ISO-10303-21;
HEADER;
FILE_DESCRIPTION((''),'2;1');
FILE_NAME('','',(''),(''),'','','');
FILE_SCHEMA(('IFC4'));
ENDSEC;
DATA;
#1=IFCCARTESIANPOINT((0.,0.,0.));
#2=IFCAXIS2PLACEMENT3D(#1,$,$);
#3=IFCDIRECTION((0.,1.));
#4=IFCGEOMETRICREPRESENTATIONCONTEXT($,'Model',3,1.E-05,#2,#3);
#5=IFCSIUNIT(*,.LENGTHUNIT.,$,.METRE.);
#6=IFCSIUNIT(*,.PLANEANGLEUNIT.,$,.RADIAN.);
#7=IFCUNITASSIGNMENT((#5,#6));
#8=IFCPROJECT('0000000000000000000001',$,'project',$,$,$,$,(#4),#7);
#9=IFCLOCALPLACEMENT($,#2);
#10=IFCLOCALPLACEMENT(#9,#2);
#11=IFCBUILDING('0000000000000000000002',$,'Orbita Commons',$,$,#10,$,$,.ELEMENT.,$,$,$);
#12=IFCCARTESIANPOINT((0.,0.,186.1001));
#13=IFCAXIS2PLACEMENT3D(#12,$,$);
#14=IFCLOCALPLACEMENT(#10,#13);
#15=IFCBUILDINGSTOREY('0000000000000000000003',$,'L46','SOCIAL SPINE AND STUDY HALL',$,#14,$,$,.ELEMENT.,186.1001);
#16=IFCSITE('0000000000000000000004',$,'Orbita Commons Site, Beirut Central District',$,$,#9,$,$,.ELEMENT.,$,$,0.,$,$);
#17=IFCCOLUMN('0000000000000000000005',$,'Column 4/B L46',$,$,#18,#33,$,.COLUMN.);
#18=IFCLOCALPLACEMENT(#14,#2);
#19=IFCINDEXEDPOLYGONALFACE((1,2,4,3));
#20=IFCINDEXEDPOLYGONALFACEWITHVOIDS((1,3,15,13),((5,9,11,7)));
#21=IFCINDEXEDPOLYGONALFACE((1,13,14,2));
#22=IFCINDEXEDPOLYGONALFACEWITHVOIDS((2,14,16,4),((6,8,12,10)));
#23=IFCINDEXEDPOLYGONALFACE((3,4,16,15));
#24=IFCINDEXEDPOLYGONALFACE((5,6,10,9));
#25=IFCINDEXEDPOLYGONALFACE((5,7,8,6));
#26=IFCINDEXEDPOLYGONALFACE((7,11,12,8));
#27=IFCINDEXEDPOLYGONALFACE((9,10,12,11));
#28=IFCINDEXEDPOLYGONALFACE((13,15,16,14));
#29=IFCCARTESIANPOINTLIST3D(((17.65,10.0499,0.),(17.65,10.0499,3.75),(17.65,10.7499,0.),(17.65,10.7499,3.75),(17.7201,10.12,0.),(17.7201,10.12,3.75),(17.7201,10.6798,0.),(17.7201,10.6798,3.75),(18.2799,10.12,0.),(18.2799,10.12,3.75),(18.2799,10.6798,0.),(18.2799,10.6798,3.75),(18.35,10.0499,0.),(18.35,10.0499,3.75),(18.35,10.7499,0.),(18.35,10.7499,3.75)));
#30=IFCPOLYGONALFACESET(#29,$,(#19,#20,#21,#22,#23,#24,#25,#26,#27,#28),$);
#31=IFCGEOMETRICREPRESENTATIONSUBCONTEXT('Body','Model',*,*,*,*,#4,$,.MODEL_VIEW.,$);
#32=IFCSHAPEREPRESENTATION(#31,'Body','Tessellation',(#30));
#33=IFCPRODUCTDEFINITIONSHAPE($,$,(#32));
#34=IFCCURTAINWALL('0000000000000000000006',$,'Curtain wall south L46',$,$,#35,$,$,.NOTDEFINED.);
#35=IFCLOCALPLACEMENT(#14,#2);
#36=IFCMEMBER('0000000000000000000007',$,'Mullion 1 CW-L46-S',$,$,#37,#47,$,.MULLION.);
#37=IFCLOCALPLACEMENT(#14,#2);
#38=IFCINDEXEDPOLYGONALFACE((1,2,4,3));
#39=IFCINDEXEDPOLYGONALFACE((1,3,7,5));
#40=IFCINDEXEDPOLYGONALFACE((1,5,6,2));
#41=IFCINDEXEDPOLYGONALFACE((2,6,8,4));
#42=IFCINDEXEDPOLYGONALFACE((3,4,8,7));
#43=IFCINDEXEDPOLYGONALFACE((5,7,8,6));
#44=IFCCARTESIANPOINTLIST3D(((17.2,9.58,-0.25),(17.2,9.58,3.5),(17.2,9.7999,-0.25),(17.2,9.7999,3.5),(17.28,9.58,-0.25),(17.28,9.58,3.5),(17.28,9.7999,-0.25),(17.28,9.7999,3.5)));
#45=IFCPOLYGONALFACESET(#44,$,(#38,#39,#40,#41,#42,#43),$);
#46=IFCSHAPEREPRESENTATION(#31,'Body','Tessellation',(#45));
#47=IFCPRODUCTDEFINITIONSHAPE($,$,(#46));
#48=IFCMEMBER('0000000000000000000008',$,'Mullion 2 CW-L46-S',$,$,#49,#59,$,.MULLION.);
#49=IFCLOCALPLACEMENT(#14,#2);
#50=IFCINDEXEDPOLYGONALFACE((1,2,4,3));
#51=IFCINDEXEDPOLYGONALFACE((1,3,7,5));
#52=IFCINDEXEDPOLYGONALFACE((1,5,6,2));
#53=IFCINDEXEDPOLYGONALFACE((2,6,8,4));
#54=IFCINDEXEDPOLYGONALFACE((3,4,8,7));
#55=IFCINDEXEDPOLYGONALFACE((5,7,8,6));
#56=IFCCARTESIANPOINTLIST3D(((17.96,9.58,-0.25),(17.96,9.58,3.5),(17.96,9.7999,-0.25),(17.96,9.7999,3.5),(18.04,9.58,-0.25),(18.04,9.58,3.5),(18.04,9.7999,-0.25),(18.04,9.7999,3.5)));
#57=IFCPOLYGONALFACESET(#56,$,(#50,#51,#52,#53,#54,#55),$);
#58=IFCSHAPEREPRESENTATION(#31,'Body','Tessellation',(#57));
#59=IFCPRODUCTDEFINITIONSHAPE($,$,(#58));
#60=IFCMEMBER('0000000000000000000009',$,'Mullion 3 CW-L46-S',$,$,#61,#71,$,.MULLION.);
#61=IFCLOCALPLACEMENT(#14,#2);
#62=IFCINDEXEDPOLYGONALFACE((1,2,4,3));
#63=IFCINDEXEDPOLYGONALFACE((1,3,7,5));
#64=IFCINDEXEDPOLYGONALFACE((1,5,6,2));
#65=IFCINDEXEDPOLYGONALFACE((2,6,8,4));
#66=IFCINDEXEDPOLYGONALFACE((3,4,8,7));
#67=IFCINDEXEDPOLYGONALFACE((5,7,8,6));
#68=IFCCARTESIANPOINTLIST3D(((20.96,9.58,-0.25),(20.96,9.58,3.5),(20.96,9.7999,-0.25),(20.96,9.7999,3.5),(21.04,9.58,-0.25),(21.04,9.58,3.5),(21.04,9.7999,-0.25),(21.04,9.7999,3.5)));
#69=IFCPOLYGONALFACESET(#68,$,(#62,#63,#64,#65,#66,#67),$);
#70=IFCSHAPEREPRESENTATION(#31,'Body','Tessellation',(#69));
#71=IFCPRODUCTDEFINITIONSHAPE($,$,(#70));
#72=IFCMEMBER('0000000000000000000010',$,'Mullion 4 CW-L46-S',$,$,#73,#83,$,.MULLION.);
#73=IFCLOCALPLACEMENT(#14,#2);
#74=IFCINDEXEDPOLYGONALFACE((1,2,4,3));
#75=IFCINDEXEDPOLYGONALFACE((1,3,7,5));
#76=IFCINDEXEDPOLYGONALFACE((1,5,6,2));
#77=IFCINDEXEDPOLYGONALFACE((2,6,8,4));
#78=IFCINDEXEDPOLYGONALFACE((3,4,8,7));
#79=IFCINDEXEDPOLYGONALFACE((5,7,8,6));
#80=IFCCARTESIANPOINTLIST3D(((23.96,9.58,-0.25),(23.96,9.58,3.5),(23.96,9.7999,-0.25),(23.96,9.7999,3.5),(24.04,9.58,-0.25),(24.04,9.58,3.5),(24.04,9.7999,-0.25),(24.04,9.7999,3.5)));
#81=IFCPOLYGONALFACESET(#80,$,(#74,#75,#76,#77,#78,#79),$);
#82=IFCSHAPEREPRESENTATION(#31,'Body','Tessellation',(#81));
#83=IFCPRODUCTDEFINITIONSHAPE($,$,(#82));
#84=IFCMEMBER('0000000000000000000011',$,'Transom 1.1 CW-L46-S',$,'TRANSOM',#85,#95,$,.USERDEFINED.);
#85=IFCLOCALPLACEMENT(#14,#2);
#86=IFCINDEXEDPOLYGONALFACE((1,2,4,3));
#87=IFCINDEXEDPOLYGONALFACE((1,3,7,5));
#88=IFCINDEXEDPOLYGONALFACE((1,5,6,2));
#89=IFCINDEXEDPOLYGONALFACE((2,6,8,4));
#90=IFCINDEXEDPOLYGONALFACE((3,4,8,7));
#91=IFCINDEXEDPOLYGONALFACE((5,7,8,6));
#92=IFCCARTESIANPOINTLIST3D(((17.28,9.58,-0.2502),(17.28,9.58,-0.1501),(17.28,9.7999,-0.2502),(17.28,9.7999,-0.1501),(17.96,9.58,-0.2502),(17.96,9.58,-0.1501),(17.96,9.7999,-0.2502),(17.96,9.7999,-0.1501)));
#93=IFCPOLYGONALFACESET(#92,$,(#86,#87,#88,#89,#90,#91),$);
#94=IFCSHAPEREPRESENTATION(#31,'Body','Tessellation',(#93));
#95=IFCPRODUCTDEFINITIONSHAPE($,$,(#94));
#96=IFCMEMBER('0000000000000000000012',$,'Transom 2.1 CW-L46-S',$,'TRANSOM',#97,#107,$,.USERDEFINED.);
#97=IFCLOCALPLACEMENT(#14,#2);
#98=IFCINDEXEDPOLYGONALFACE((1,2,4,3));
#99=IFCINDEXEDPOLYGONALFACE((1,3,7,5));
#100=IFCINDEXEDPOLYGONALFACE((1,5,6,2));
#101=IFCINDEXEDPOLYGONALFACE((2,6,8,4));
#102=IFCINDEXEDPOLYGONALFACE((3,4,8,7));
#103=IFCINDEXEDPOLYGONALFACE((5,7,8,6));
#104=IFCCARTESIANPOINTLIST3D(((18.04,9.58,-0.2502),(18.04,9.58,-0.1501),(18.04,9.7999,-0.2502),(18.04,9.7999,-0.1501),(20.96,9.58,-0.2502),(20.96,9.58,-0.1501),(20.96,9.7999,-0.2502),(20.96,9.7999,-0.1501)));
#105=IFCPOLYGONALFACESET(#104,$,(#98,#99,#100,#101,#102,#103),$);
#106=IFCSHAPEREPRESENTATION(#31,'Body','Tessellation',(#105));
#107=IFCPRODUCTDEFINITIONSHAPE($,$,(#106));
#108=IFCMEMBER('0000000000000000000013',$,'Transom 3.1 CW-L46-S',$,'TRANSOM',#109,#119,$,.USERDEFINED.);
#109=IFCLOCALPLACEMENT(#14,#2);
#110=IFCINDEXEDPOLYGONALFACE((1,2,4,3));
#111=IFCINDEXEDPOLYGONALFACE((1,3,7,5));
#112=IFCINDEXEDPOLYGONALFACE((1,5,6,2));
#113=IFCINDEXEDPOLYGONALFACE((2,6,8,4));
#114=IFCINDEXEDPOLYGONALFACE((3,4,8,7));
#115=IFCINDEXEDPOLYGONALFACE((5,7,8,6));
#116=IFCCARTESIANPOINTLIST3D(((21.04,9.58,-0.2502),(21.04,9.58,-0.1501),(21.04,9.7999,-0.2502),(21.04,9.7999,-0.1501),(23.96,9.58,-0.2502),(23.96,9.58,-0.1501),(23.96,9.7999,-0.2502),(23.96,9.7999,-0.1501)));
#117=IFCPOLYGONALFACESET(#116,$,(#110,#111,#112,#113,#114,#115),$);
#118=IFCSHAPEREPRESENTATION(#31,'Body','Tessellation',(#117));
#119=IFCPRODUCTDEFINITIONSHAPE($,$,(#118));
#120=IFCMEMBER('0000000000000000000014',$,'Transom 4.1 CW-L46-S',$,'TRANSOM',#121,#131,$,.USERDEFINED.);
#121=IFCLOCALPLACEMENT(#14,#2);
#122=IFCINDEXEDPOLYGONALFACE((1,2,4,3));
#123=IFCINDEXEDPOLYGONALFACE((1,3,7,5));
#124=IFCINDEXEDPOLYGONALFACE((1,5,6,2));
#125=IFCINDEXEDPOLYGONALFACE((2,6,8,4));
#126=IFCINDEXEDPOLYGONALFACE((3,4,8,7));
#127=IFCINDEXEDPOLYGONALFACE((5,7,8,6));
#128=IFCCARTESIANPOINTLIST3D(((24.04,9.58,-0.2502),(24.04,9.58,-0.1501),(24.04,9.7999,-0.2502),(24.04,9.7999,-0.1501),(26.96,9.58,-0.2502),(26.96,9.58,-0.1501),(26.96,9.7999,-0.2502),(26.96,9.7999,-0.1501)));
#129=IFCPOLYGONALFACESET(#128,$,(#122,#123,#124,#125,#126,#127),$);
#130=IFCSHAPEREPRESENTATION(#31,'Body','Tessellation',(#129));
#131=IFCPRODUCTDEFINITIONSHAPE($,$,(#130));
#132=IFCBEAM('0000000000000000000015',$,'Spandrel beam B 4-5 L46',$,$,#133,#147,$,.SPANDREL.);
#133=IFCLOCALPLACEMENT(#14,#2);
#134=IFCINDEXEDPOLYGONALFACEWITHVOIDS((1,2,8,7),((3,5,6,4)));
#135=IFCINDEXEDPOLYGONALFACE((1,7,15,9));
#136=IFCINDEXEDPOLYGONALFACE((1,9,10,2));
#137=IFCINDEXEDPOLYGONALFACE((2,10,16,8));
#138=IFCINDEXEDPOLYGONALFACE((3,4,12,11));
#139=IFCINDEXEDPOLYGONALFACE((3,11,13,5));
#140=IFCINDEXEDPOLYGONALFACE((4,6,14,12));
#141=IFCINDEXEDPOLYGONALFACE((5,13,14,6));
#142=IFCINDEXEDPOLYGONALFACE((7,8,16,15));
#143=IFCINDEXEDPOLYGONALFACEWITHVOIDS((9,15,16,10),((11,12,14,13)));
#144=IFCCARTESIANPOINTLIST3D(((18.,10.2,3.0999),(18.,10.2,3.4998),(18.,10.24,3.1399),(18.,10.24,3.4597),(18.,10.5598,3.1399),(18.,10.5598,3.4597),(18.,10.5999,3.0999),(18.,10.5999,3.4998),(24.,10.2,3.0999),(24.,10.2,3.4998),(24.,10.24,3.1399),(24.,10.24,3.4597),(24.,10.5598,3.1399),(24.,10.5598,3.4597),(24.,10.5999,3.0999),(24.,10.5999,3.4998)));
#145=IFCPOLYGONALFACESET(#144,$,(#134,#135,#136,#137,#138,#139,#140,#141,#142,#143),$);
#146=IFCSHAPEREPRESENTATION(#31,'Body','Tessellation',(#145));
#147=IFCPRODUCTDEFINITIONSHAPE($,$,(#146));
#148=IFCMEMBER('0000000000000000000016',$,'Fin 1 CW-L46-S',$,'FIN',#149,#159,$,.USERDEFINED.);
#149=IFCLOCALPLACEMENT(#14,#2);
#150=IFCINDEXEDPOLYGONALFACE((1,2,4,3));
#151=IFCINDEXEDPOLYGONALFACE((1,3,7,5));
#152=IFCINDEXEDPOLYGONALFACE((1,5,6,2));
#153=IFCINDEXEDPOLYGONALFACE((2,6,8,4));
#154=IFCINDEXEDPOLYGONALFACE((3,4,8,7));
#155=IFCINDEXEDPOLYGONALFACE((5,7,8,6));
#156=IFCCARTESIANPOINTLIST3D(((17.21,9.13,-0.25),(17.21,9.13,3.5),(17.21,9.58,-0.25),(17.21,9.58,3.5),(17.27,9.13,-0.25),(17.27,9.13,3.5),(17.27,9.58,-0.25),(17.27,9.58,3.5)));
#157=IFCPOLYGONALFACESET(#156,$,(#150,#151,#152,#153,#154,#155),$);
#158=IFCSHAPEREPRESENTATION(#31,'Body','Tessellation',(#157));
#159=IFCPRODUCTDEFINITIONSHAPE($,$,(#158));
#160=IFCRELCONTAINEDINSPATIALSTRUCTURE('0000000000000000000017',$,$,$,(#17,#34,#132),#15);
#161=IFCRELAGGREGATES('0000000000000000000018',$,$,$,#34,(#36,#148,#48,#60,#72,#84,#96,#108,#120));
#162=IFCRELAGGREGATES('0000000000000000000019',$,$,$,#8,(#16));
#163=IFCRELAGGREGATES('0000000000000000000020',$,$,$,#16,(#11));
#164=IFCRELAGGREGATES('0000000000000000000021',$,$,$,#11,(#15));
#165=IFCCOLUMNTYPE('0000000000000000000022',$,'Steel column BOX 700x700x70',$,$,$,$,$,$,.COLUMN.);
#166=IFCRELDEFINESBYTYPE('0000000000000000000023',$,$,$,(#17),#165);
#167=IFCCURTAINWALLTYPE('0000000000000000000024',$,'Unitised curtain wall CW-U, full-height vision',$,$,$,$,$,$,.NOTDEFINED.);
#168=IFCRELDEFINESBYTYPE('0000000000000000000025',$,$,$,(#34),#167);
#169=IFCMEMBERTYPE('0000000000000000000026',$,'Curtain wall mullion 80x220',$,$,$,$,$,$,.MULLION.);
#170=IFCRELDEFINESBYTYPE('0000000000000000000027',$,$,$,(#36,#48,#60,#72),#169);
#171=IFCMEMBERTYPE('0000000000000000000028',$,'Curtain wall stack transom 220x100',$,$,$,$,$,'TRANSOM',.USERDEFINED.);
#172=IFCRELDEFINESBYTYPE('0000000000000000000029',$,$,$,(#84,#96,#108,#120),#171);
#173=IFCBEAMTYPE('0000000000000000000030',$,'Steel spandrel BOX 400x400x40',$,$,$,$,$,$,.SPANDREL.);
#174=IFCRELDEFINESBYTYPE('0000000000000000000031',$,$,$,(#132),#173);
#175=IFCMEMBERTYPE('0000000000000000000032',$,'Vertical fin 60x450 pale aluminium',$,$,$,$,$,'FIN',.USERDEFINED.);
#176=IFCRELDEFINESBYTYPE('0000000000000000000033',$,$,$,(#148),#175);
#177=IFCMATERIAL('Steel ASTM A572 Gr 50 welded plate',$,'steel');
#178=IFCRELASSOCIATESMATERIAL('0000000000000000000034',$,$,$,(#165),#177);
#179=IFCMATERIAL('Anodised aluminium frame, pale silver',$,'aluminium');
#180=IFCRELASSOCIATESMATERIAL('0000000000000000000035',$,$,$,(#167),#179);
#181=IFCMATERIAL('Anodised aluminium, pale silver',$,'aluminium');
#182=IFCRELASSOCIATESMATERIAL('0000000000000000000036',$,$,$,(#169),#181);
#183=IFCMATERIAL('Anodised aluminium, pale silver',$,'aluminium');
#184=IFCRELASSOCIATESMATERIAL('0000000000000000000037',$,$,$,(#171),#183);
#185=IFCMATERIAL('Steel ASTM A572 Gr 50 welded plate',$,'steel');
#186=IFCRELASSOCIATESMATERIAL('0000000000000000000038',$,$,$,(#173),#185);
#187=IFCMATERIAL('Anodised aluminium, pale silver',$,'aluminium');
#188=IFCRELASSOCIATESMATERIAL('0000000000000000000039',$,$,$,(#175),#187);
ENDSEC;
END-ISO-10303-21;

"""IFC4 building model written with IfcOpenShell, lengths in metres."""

from ifc_helpers import new_model, si_unit, direction, frame, origin, origin_2d, place, context, subcontext, project, spatial, rectangle, hollow_rectangle, extrude, material, material_profile, profile_set, type_object, element, aggregate, save


model = new_model("IFC4")

# Units and contexts
model_context = context("Model", 3, precision=1e-05, world=origin(), true_north=direction((0.0, 1.0)))
body_context = subcontext(model_context, "Body", "Model", "MODEL_VIEW")
ifc_project = project(units=[si_unit("LENGTHUNIT", "METRE"), si_unit("PLANEANGLEUNIT", "RADIAN")], contexts=[model_context])

# Site, building, storey
site_placement = place(None, origin())
site = spatial("IfcSite", under=ifc_project, at=site_placement, Name="Orbita Commons Site, Beirut Central District", CompositionType="ELEMENT", RefElevation=0.0)
building_placement = place(site_placement, origin())
building = spatial("IfcBuilding", under=site, at=building_placement, Name="Orbita Commons", CompositionType="ELEMENT")
storey_placement = place(building_placement, frame((0.0, 0.0, 186.1001)))
storey = spatial("IfcBuildingStorey", under=building, at=storey_placement, Name="L46", Description="SOCIAL SPINE AND STUDY HALL", CompositionType="ELEMENT", Elevation=186.1001)

# Column
ifc_material_1 = material(Name="Steel ASTM A572 Gr 50 welded plate", Category="steel")
ifc_material_profile_1 = material_profile(ifc_material_1, hollow_rectangle(XDim=0.7, YDim=0.7, WallThickness=0.0701, at=origin_2d()), Name="BOX 700x700x70")
ifc_profile_set_1 = profile_set([ifc_material_profile_1], Name="Steel ASTM A572 Gr 50 welded plate")
column_type = type_object("IfcColumnType", Name="Steel column BOX 700x700x70", PredefinedType="COLUMN", material=ifc_profile_set_1)
column_placement = place(storey_placement, frame((18.0, 10.3999, 0.0), z_axis=(0.0, 0.0, 1.0), x_axis=(1.0, 0.0, 0.0)))
element("IfcColumn", 1, at=column_placement, inside=storey, type_object=column_type, Name="Column 4/B L46", PredefinedType="COLUMN", context=body_context, shape_type="SweptSolid", body=[
    extrude(hollow_rectangle(XDim=0.7, YDim=0.7, WallThickness=0.0701, at=origin_2d()), origin(), (0.0, 0.0, 1.0), 3.75),
])

# Curtain wall, members
ifc_material_2 = material(Name="Anodised aluminium frame, pale silver", Category="aluminium")
curtain_wall_type = type_object("IfcCurtainWallType", Name="Unitised curtain wall CW-U, full-height vision", PredefinedType="NOTDEFINED", material=ifc_material_2)
curtain_wall_placement = place(storey_placement, origin())
curtain_wall = element("IfcCurtainWall", 2, at=curtain_wall_placement, inside=storey, type_object=curtain_wall_type, Name="Curtain wall south L46", PredefinedType="NOTDEFINED")
ifc_material_3 = material(Name="Anodised aluminium, pale silver", Category="aluminium")
ifc_material_profile_2 = material_profile(ifc_material_3, rectangle(XDim=0.0801, YDim=0.22, at=origin_2d()), Name="AL 80x220")
ifc_profile_set_2 = profile_set([ifc_material_profile_2], Name="Anodised aluminium, pale silver")
member_type_1 = type_object("IfcMemberType", Name="Curtain wall mullion 80x220", PredefinedType="MULLION", material=ifc_profile_set_2)
member_1_placement = place(storey_placement, frame((17.24, 9.6899, -0.25), z_axis=(0.0, 0.0, 1.0), x_axis=(1.0, 0.0, 0.0)))
member_1 = element("IfcMember", 3, at=member_1_placement, type_object=member_type_1, Name="Mullion 1 CW-L46-S", PredefinedType="MULLION", context=body_context, shape_type="SweptSolid", body=[
    extrude(rectangle(XDim=0.0801, YDim=0.22, at=origin_2d()), origin(), (0.0, 0.0, 1.0), 3.75),
])
member_2_placement = place(storey_placement, frame((18.0, 9.6899, -0.25), z_axis=(0.0, 0.0, 1.0), x_axis=(1.0, 0.0, 0.0)))
member_2 = element("IfcMember", 4, at=member_2_placement, type_object=member_type_1, Name="Mullion 2 CW-L46-S", PredefinedType="MULLION", context=body_context, shape_type="SweptSolid", body=[
    extrude(rectangle(XDim=0.0801, YDim=0.22, at=origin_2d()), origin(), (0.0, 0.0, 1.0), 3.75),
])
member_3_placement = place(storey_placement, frame((21.0, 9.6899, -0.25), z_axis=(0.0, 0.0, 1.0), x_axis=(1.0, 0.0, 0.0)))
member_3 = element("IfcMember", 5, at=member_3_placement, type_object=member_type_1, Name="Mullion 3 CW-L46-S", PredefinedType="MULLION", context=body_context, shape_type="SweptSolid", body=[
    extrude(rectangle(XDim=0.0801, YDim=0.22, at=origin_2d()), origin(), (0.0, 0.0, 1.0), 3.75),
])
member_4_placement = place(storey_placement, frame((24.0, 9.6899, -0.25), z_axis=(0.0, 0.0, 1.0), x_axis=(1.0, 0.0, 0.0)))
member_4 = element("IfcMember", 6, at=member_4_placement, type_object=member_type_1, Name="Mullion 4 CW-L46-S", PredefinedType="MULLION", context=body_context, shape_type="SweptSolid", body=[
    extrude(rectangle(XDim=0.0801, YDim=0.22, at=origin_2d()), origin(), (0.0, 0.0, 1.0), 3.75),
])
ifc_material_4 = material(Name="Anodised aluminium, pale silver", Category="aluminium")
ifc_material_profile_3 = material_profile(ifc_material_4, rectangle(XDim=0.22, YDim=0.1001, at=origin_2d()), Name="AL 220x100")
ifc_profile_set_3 = profile_set([ifc_material_profile_3], Name="Anodised aluminium, pale silver")
member_type_2 = type_object("IfcMemberType", Name="Curtain wall stack transom 220x100", ElementType="TRANSOM", PredefinedType="USERDEFINED", material=ifc_profile_set_3)
member_5_placement = place(storey_placement, frame((17.28, 9.6899, -0.2002), z_axis=(1.0, 0.0, 0.0), x_axis=(0.0, 1.0, 0.0)))
member_5 = element("IfcMember", 7, at=member_5_placement, type_object=member_type_2, Name="Transom 1.1 CW-L46-S", ObjectType="TRANSOM", PredefinedType="USERDEFINED", context=body_context, shape_type="SweptSolid", body=[
    extrude(rectangle(XDim=0.22, YDim=0.1001, at=origin_2d()), origin(), (0.0, 0.0, 1.0), 0.6799),
])
member_6_placement = place(storey_placement, frame((18.04, 9.6899, -0.2002), z_axis=(1.0, 0.0, 0.0), x_axis=(0.0, 1.0, 0.0)))
member_6 = element("IfcMember", 8, at=member_6_placement, type_object=member_type_2, Name="Transom 2.1 CW-L46-S", ObjectType="TRANSOM", PredefinedType="USERDEFINED", context=body_context, shape_type="SweptSolid", body=[
    extrude(rectangle(XDim=0.22, YDim=0.1001, at=origin_2d()), origin(), (0.0, 0.0, 1.0), 2.9199),
])
member_7_placement = place(storey_placement, frame((21.04, 9.6899, -0.2002), z_axis=(1.0, 0.0, 0.0), x_axis=(0.0, 1.0, 0.0)))
member_7 = element("IfcMember", 9, at=member_7_placement, type_object=member_type_2, Name="Transom 3.1 CW-L46-S", ObjectType="TRANSOM", PredefinedType="USERDEFINED", context=body_context, shape_type="SweptSolid", body=[
    extrude(rectangle(XDim=0.22, YDim=0.1001, at=origin_2d()), origin(), (0.0, 0.0, 1.0), 2.9199),
])
member_8_placement = place(storey_placement, frame((24.04, 9.6899, -0.2002), z_axis=(1.0, 0.0, 0.0), x_axis=(0.0, 1.0, 0.0)))
member_8 = element("IfcMember", 10, at=member_8_placement, type_object=member_type_2, Name="Transom 4.1 CW-L46-S", ObjectType="TRANSOM", PredefinedType="USERDEFINED", context=body_context, shape_type="SweptSolid", body=[
    extrude(rectangle(XDim=0.22, YDim=0.1001, at=origin_2d()), origin(), (0.0, 0.0, 1.0), 2.9199),
])

# Beam
ifc_material_5 = material(Name="Steel ASTM A572 Gr 50 welded plate", Category="steel")
ifc_material_profile_4 = material_profile(ifc_material_5, hollow_rectangle(XDim=0.3999, YDim=0.3999, WallThickness=0.04, at=origin_2d()), Name="BOX 400x400x40")
ifc_profile_set_4 = profile_set([ifc_material_profile_4], Name="Steel ASTM A572 Gr 50 welded plate")
beam_type = type_object("IfcBeamType", Name="Steel spandrel BOX 400x400x40", PredefinedType="SPANDREL", material=ifc_profile_set_4)
beam_placement = place(storey_placement, frame((18.0, 10.3999, 3.2998), z_axis=(1.0, 0.0, 0.0), x_axis=(0.0, 1.0, 0.0)))
element("IfcBeam", 11, at=beam_placement, inside=storey, type_object=beam_type, Name="Spandrel beam B 4-5 L46", PredefinedType="SPANDREL", context=body_context, shape_type="SweptSolid", body=[
    extrude(hollow_rectangle(XDim=0.3999, YDim=0.3999, WallThickness=0.04, at=origin_2d()), origin(), (0.0, 0.0, 1.0), 6.0),
])

# Member
ifc_material_6 = material(Name="Anodised aluminium, pale silver", Category="aluminium")
ifc_material_profile_5 = material_profile(ifc_material_6, rectangle(XDim=0.0601, YDim=0.45, at=origin_2d()), Name="FIN 60x450")
ifc_profile_set_5 = profile_set([ifc_material_profile_5], Name="Anodised aluminium, pale silver")
member_type_3 = type_object("IfcMemberType", Name="Vertical fin 60x450 pale aluminium", ElementType="FIN", PredefinedType="USERDEFINED", material=ifc_profile_set_5)
member_9_placement = place(storey_placement, frame((17.24, 9.355, -0.25), z_axis=(0.0, 0.0, 1.0), x_axis=(1.0, 0.0, 0.0)))
member_9 = element("IfcMember", 12, at=member_9_placement, type_object=member_type_3, Name="Fin 1 CW-L46-S", ObjectType="FIN", PredefinedType="USERDEFINED", context=body_context, shape_type="SweptSolid", body=[
    extrude(rectangle(XDim=0.0601, YDim=0.45, at=origin_2d()), origin(), (0.0, 0.0, 1.0), 3.75),
])

aggregate(curtain_wall, [member_1, member_9, member_2, member_3, member_4, member_5, member_6, member_7, member_8])

save(model, "model.ifc")
